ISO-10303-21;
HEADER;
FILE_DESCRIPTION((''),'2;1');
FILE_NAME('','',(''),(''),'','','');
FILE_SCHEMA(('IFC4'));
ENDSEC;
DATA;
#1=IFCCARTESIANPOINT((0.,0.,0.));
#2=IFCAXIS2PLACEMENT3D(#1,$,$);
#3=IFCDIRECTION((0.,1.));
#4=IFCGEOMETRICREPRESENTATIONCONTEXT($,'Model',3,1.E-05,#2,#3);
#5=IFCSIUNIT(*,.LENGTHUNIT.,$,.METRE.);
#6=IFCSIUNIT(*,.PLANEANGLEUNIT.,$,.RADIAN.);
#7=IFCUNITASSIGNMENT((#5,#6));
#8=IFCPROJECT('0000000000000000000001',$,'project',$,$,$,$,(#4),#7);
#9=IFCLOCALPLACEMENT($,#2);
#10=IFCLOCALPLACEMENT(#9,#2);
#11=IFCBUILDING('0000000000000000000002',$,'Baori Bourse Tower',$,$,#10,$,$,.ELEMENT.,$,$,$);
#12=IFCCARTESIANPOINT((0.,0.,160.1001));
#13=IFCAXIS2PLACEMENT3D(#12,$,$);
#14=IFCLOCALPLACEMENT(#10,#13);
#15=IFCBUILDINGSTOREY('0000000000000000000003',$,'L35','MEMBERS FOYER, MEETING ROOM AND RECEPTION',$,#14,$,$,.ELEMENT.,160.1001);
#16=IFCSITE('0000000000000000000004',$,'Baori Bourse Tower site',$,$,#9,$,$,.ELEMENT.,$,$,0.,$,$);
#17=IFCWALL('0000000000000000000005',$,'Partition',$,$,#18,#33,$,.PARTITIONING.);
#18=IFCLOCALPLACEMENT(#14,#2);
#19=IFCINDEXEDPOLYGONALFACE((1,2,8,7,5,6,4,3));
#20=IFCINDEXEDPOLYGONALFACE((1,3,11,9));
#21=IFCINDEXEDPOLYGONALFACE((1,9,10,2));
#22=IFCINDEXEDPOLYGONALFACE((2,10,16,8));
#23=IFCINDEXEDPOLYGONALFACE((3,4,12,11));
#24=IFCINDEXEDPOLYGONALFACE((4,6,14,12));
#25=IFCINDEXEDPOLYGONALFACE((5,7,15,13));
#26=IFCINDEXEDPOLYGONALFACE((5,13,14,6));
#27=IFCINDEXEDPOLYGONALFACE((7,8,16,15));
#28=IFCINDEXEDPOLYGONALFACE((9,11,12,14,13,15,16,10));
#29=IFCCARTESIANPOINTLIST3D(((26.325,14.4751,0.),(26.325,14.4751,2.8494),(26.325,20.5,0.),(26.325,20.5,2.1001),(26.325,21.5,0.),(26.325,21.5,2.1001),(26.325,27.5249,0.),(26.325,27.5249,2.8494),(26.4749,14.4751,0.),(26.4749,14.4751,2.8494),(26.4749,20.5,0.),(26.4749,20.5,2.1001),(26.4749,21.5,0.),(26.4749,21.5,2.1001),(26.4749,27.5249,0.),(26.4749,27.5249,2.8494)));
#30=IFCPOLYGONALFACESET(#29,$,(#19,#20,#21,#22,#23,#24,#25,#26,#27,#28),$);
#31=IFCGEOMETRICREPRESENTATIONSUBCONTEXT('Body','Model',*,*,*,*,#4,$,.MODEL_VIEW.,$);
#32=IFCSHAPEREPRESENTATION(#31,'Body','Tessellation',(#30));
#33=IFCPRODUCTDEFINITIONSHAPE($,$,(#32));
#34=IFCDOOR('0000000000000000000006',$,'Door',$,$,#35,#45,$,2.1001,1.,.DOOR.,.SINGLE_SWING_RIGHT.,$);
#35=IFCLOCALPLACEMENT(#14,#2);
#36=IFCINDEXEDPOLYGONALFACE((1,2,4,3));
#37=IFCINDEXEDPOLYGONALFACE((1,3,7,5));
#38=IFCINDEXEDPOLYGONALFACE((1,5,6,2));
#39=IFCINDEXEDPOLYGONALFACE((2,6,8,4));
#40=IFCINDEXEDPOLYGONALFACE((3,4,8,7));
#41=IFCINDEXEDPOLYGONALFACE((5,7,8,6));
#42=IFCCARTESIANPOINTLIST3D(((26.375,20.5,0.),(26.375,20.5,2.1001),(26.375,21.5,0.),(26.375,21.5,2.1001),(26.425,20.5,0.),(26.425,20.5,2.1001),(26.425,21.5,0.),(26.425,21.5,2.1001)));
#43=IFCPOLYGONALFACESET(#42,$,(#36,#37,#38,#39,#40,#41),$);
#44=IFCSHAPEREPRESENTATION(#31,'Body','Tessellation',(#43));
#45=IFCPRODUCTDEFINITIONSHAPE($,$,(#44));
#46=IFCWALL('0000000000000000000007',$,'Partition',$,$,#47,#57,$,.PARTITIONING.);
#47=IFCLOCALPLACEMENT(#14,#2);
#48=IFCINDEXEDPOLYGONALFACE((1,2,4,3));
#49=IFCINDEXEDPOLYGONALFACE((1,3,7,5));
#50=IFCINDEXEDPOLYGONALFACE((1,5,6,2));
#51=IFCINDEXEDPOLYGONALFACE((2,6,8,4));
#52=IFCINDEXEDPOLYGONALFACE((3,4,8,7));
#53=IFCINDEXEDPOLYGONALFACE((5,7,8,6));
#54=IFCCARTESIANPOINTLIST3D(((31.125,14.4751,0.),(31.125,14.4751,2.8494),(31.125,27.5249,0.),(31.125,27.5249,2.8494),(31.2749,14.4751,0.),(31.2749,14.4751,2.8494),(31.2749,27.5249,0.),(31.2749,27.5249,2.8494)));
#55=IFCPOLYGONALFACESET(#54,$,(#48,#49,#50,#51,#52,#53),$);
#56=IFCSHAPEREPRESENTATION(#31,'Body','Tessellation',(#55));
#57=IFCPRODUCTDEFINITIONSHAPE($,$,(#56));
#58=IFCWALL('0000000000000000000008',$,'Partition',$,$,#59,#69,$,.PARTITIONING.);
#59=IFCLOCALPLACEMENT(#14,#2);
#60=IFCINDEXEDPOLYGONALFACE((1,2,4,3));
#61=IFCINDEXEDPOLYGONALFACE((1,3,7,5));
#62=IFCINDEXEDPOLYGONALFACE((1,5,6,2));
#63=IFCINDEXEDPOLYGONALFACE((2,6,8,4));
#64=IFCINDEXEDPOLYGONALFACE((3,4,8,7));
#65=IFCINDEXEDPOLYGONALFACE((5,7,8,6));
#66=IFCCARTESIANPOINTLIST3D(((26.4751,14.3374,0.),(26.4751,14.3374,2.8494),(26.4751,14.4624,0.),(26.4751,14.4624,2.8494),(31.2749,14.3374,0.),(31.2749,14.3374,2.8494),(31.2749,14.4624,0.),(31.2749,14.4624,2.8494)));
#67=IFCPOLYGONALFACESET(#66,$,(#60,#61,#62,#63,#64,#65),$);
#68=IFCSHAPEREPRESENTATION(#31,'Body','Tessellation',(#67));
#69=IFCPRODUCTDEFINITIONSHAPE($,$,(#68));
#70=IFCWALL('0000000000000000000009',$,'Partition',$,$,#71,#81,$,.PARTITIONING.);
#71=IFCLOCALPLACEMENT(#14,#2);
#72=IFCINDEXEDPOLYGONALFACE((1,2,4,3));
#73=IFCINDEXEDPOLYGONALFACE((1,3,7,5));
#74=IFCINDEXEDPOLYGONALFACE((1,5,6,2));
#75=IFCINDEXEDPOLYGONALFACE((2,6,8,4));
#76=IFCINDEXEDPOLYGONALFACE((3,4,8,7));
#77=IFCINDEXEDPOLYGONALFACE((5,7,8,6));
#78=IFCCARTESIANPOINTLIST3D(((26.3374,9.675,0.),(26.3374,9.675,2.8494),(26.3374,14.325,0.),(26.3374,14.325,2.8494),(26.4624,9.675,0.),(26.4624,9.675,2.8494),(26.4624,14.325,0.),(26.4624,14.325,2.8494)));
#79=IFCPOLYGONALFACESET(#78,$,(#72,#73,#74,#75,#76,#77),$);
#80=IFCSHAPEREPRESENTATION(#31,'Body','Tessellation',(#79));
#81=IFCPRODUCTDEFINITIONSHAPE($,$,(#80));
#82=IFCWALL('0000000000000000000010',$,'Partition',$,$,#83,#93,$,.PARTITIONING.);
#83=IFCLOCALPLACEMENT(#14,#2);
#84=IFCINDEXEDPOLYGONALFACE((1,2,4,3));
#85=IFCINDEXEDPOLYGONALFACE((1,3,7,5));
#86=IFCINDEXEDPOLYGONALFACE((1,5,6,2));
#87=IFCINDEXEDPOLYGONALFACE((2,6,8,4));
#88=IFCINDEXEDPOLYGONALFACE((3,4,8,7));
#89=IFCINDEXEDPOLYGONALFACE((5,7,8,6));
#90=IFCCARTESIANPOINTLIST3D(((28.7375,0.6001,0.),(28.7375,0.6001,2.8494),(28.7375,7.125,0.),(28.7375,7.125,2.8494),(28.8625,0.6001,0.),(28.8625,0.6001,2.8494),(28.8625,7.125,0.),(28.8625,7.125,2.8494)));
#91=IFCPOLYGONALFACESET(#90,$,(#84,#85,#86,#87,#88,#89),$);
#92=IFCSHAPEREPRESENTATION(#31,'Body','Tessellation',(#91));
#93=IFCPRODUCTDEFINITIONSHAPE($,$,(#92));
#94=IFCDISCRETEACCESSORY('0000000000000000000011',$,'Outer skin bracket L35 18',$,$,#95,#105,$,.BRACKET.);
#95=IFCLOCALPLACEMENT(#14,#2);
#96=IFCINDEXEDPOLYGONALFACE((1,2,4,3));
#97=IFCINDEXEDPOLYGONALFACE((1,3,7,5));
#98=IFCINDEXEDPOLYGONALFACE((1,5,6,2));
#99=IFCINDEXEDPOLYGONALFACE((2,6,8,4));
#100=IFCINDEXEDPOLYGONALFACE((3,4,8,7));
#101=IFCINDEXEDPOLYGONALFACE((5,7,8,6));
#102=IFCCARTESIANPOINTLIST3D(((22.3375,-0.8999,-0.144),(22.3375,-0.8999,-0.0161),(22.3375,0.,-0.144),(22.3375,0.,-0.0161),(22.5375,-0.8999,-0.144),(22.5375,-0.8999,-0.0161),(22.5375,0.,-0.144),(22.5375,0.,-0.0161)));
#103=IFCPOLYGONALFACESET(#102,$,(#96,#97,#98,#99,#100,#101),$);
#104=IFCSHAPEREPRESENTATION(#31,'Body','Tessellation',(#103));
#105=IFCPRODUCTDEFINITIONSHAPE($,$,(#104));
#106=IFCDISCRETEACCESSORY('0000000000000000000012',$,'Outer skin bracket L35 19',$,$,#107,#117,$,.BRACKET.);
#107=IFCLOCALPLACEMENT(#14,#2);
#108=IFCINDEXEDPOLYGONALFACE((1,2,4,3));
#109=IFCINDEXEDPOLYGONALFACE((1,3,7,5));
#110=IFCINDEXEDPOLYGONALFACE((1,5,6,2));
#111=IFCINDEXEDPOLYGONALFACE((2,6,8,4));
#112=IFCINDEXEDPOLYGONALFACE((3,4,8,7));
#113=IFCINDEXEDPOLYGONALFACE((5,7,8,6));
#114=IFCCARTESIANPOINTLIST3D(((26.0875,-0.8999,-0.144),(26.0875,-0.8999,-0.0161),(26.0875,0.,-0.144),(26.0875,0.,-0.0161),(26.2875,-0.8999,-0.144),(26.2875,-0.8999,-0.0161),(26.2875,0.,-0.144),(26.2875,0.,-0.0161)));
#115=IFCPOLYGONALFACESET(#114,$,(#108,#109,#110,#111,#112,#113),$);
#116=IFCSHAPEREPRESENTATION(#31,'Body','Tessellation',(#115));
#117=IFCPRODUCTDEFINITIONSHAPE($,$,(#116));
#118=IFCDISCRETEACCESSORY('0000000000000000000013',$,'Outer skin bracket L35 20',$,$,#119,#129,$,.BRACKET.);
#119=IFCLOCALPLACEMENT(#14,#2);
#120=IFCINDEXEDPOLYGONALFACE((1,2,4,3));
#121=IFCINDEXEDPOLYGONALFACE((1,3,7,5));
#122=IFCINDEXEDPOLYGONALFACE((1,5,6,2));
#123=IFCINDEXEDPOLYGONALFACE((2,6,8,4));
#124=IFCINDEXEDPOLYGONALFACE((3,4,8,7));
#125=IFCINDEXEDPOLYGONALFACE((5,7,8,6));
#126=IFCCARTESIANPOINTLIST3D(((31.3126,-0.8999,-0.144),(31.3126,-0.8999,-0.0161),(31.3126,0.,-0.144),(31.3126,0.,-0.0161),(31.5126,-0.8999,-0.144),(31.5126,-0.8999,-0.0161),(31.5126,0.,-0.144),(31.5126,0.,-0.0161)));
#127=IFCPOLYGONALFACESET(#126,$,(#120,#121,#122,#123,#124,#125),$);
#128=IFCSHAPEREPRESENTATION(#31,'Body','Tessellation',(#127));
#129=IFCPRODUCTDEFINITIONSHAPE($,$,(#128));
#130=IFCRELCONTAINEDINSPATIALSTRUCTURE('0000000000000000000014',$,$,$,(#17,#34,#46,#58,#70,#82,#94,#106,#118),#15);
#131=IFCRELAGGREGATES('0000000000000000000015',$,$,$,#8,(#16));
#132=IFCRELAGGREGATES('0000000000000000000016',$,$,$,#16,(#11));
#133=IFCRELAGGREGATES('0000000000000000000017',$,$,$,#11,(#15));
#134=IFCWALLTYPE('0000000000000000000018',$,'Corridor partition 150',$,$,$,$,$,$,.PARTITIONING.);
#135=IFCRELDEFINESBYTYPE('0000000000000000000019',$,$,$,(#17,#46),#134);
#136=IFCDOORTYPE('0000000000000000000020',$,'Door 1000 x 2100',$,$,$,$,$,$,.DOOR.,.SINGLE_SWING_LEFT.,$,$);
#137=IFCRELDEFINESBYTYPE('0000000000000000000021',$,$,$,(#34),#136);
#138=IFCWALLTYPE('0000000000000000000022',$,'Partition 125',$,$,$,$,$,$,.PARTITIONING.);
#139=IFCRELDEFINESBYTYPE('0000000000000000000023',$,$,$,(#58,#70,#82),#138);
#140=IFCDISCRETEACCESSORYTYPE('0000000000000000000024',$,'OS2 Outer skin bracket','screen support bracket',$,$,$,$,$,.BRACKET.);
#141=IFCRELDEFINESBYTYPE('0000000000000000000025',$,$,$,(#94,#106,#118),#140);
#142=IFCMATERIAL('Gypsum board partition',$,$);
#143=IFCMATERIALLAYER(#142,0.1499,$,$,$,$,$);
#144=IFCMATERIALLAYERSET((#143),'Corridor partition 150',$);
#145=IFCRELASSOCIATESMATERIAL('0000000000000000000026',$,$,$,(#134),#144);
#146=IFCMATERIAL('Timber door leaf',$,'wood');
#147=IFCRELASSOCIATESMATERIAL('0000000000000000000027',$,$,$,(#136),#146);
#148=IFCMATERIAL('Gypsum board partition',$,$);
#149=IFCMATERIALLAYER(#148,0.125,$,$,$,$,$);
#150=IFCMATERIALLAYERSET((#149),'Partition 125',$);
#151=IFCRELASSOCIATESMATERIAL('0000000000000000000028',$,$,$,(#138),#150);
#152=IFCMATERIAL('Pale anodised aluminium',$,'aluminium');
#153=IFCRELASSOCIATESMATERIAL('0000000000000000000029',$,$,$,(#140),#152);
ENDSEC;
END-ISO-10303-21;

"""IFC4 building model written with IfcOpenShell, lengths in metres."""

from ifc_helpers import new_model, si_unit, direction, frame, frame_2d, origin, origin_2d, place, context, subcontext, project, spatial, rectangle, extrude, material, layer, layer_set, type_object, element, fill, save


model = new_model("IFC4")

# Units and contexts
model_context = context("Model", 3, precision=1e-05, world=origin(), true_north=direction((0.0, 1.0)))
body_context = subcontext(model_context, "Body", "Model", "MODEL_VIEW")
ifc_project = project(units=[si_unit("LENGTHUNIT", "METRE"), si_unit("PLANEANGLEUNIT", "RADIAN")], contexts=[model_context])

# Site, building, storey
site_placement = place(None, origin())
site = spatial("IfcSite", under=ifc_project, at=site_placement, Name="Baori Bourse Tower site", CompositionType="ELEMENT", RefElevation=0.0)
building_placement = place(site_placement, origin())
building = spatial("IfcBuilding", under=site, at=building_placement, Name="Baori Bourse Tower", CompositionType="ELEMENT")
storey_placement = place(building_placement, frame((0.0, 0.0, 160.1001)))
storey = spatial("IfcBuildingStorey", under=building, at=storey_placement, Name="L35", Description="MEMBERS FOYER, MEETING ROOM AND RECEPTION", CompositionType="ELEMENT", Elevation=160.1001)

# Shared definitions
ifc_material_1 = material(Name="Gypsum board partition")
ifc_layer_1 = layer(ifc_material_1, 0.1499)
ifc_layer_set_1 = layer_set([ifc_layer_1], Name="Corridor partition 150")
wall_type_1 = type_object("IfcWallType", Name="Corridor partition 150", PredefinedType="PARTITIONING", material=ifc_layer_set_1)

# Wall, opening, door
ifc_material_2 = material(Name="Timber door leaf", Category="wood")
door_type = type_object("IfcDoorType", Name="Door 1000 x 2100", OperationType="SINGLE_SWING_LEFT", PredefinedType="DOOR", material=ifc_material_2)
wall_1_placement = place(storey_placement, frame((26.3999, 14.4751, 0.0), z_axis=(0.0, 0.0, 1.0), x_axis=(0.0, 1.0, 0.0)))
wall_1 = element("IfcWall", 1, at=wall_1_placement, inside=storey, type_object=wall_type_1, Name="Partition", PredefinedType="PARTITIONING", context=body_context, shape_type="SweptSolid", body=[
    extrude(rectangle(XDim=13.0498, YDim=0.1499, at=frame_2d((6.5249, 0.0))), origin(), (0.0, 0.0, 1.0), 2.8494),
])
opening_1_placement = place(wall_1_placement, frame((6.0249, 0.0, 0.0)))
opening_1 = element("IfcOpeningElement", 2, at=opening_1_placement, cuts=wall_1, PredefinedType="OPENING", context=body_context, shape_type="SweptSolid", body=[
    extrude(rectangle(XDim=1.0, YDim=2.1001, at=frame_2d((0.5, 1.05))), frame((0.0, 0.085, 0.0), z_axis=(0.0, -1.0, 0.0), x_axis=(1.0, 0.0, 0.0)), (0.0, 0.0, 1.0), 0.1699),
])
door_1_placement = place(opening_1_placement, origin())
door_1 = element("IfcDoor", 3, at=door_1_placement, inside=storey, type_object=door_type, Name="Door", OperationType="SINGLE_SWING_RIGHT", OverallHeight=2.1001, OverallWidth=1.0, PredefinedType="DOOR", context=body_context, shape_type="SweptSolid", body=[
    extrude(rectangle(XDim=1.0, YDim=2.1001, at=frame_2d((0.5, 1.05))), frame((0.0, 0.0249, 0.0), z_axis=(0.0, -1.0, 0.0), x_axis=(1.0, 0.0, 0.0)), (0.0, 0.0, 1.0), 0.05),
])
fill(opening_1, door_1)

# Walls
wall_2_placement = place(storey_placement, frame((31.2, 14.4751, 0.0), z_axis=(0.0, 0.0, 1.0), x_axis=(0.0, 1.0, 0.0)))
element("IfcWall", 4, at=wall_2_placement, inside=storey, type_object=wall_type_1, Name="Partition", PredefinedType="PARTITIONING", context=body_context, shape_type="SweptSolid", body=[
    extrude(rectangle(XDim=13.0498, YDim=0.1499, at=frame_2d((6.5249, 0.0))), origin(), (0.0, 0.0, 1.0), 2.8494),
])
ifc_material_3 = material(Name="Gypsum board partition")
ifc_layer_2 = layer(ifc_material_3, 0.125)
ifc_layer_set_2 = layer_set([ifc_layer_2], Name="Partition 125")
wall_type_2 = type_object("IfcWallType", Name="Partition 125", PredefinedType="PARTITIONING", material=ifc_layer_set_2)
wall_3_placement = place(storey_placement, frame((26.4751, 14.3999, 0.0), z_axis=(0.0, 0.0, 1.0), x_axis=(1.0, 0.0, 0.0)))
element("IfcWall", 5, at=wall_3_placement, inside=storey, type_object=wall_type_2, Name="Partition", PredefinedType="PARTITIONING", context=body_context, shape_type="SweptSolid", body=[
    extrude(rectangle(XDim=4.7998, YDim=0.125, at=frame_2d((2.3999, 0.0))), origin(), (0.0, 0.0, 1.0), 2.8494),
])
wall_4_placement = place(storey_placement, frame((26.3999, 9.675, 0.0), z_axis=(0.0, 0.0, 1.0), x_axis=(0.0, 1.0, 0.0)))
element("IfcWall", 6, at=wall_4_placement, inside=storey, type_object=wall_type_2, Name="Partition", PredefinedType="PARTITIONING", context=body_context, shape_type="SweptSolid", body=[
    extrude(rectangle(XDim=4.6499, YDim=0.125, at=frame_2d((2.325, 0.0))), origin(), (0.0, 0.0, 1.0), 2.8494),
])
wall_5_placement = place(storey_placement, frame((28.8, 0.6001, 0.0), z_axis=(0.0, 0.0, 1.0), x_axis=(0.0, 1.0, 0.0)))
element("IfcWall", 7, at=wall_5_placement, inside=storey, type_object=wall_type_2, Name="Partition", PredefinedType="PARTITIONING", context=body_context, shape_type="SweptSolid", body=[
    extrude(rectangle(XDim=6.5249, YDim=0.125, at=frame_2d((3.2625, 0.0))), origin(), (0.0, 0.0, 1.0), 2.8494),
])

# Discrete accessories
ifc_material_4 = material(Name="Pale anodised aluminium", Category="aluminium")
discrete_accessory_type = type_object("IfcDiscreteAccessoryType", Name="OS2 Outer skin bracket", Description="screen support bracket", PredefinedType="BRACKET", material=ifc_material_4)
for number, where, z_axis, x_axis, name in (
    (8, (22.4375, -0.45, -0.144), (0.0, 0.0, 1.0), (1.0, 0.0, 0.0), "Outer skin bracket L35 18"),
    (9, (26.1875, -0.45, -0.144), (0.0, 0.0, 1.0), (1.0, 0.0, 0.0), "Outer skin bracket L35 19"),
    (10, (31.4126, -0.45, -0.144), (0.0, 0.0, 1.0), (1.0, 0.0, 0.0), "Outer skin bracket L35 20"),
):
    element("IfcDiscreteAccessory", number, at=place(storey_placement, frame(where, z_axis=z_axis, x_axis=x_axis)), inside=storey, type_object=discrete_accessory_type, Name=name, PredefinedType="BRACKET", context=body_context, shape_type="SweptSolid", body=[
        extrude(rectangle(XDim=0.2, YDim=0.8999, at=origin_2d()), origin(), (0.0, 0.0, 1.0), 0.1279),
    ])

save(model, "model.ifc")
